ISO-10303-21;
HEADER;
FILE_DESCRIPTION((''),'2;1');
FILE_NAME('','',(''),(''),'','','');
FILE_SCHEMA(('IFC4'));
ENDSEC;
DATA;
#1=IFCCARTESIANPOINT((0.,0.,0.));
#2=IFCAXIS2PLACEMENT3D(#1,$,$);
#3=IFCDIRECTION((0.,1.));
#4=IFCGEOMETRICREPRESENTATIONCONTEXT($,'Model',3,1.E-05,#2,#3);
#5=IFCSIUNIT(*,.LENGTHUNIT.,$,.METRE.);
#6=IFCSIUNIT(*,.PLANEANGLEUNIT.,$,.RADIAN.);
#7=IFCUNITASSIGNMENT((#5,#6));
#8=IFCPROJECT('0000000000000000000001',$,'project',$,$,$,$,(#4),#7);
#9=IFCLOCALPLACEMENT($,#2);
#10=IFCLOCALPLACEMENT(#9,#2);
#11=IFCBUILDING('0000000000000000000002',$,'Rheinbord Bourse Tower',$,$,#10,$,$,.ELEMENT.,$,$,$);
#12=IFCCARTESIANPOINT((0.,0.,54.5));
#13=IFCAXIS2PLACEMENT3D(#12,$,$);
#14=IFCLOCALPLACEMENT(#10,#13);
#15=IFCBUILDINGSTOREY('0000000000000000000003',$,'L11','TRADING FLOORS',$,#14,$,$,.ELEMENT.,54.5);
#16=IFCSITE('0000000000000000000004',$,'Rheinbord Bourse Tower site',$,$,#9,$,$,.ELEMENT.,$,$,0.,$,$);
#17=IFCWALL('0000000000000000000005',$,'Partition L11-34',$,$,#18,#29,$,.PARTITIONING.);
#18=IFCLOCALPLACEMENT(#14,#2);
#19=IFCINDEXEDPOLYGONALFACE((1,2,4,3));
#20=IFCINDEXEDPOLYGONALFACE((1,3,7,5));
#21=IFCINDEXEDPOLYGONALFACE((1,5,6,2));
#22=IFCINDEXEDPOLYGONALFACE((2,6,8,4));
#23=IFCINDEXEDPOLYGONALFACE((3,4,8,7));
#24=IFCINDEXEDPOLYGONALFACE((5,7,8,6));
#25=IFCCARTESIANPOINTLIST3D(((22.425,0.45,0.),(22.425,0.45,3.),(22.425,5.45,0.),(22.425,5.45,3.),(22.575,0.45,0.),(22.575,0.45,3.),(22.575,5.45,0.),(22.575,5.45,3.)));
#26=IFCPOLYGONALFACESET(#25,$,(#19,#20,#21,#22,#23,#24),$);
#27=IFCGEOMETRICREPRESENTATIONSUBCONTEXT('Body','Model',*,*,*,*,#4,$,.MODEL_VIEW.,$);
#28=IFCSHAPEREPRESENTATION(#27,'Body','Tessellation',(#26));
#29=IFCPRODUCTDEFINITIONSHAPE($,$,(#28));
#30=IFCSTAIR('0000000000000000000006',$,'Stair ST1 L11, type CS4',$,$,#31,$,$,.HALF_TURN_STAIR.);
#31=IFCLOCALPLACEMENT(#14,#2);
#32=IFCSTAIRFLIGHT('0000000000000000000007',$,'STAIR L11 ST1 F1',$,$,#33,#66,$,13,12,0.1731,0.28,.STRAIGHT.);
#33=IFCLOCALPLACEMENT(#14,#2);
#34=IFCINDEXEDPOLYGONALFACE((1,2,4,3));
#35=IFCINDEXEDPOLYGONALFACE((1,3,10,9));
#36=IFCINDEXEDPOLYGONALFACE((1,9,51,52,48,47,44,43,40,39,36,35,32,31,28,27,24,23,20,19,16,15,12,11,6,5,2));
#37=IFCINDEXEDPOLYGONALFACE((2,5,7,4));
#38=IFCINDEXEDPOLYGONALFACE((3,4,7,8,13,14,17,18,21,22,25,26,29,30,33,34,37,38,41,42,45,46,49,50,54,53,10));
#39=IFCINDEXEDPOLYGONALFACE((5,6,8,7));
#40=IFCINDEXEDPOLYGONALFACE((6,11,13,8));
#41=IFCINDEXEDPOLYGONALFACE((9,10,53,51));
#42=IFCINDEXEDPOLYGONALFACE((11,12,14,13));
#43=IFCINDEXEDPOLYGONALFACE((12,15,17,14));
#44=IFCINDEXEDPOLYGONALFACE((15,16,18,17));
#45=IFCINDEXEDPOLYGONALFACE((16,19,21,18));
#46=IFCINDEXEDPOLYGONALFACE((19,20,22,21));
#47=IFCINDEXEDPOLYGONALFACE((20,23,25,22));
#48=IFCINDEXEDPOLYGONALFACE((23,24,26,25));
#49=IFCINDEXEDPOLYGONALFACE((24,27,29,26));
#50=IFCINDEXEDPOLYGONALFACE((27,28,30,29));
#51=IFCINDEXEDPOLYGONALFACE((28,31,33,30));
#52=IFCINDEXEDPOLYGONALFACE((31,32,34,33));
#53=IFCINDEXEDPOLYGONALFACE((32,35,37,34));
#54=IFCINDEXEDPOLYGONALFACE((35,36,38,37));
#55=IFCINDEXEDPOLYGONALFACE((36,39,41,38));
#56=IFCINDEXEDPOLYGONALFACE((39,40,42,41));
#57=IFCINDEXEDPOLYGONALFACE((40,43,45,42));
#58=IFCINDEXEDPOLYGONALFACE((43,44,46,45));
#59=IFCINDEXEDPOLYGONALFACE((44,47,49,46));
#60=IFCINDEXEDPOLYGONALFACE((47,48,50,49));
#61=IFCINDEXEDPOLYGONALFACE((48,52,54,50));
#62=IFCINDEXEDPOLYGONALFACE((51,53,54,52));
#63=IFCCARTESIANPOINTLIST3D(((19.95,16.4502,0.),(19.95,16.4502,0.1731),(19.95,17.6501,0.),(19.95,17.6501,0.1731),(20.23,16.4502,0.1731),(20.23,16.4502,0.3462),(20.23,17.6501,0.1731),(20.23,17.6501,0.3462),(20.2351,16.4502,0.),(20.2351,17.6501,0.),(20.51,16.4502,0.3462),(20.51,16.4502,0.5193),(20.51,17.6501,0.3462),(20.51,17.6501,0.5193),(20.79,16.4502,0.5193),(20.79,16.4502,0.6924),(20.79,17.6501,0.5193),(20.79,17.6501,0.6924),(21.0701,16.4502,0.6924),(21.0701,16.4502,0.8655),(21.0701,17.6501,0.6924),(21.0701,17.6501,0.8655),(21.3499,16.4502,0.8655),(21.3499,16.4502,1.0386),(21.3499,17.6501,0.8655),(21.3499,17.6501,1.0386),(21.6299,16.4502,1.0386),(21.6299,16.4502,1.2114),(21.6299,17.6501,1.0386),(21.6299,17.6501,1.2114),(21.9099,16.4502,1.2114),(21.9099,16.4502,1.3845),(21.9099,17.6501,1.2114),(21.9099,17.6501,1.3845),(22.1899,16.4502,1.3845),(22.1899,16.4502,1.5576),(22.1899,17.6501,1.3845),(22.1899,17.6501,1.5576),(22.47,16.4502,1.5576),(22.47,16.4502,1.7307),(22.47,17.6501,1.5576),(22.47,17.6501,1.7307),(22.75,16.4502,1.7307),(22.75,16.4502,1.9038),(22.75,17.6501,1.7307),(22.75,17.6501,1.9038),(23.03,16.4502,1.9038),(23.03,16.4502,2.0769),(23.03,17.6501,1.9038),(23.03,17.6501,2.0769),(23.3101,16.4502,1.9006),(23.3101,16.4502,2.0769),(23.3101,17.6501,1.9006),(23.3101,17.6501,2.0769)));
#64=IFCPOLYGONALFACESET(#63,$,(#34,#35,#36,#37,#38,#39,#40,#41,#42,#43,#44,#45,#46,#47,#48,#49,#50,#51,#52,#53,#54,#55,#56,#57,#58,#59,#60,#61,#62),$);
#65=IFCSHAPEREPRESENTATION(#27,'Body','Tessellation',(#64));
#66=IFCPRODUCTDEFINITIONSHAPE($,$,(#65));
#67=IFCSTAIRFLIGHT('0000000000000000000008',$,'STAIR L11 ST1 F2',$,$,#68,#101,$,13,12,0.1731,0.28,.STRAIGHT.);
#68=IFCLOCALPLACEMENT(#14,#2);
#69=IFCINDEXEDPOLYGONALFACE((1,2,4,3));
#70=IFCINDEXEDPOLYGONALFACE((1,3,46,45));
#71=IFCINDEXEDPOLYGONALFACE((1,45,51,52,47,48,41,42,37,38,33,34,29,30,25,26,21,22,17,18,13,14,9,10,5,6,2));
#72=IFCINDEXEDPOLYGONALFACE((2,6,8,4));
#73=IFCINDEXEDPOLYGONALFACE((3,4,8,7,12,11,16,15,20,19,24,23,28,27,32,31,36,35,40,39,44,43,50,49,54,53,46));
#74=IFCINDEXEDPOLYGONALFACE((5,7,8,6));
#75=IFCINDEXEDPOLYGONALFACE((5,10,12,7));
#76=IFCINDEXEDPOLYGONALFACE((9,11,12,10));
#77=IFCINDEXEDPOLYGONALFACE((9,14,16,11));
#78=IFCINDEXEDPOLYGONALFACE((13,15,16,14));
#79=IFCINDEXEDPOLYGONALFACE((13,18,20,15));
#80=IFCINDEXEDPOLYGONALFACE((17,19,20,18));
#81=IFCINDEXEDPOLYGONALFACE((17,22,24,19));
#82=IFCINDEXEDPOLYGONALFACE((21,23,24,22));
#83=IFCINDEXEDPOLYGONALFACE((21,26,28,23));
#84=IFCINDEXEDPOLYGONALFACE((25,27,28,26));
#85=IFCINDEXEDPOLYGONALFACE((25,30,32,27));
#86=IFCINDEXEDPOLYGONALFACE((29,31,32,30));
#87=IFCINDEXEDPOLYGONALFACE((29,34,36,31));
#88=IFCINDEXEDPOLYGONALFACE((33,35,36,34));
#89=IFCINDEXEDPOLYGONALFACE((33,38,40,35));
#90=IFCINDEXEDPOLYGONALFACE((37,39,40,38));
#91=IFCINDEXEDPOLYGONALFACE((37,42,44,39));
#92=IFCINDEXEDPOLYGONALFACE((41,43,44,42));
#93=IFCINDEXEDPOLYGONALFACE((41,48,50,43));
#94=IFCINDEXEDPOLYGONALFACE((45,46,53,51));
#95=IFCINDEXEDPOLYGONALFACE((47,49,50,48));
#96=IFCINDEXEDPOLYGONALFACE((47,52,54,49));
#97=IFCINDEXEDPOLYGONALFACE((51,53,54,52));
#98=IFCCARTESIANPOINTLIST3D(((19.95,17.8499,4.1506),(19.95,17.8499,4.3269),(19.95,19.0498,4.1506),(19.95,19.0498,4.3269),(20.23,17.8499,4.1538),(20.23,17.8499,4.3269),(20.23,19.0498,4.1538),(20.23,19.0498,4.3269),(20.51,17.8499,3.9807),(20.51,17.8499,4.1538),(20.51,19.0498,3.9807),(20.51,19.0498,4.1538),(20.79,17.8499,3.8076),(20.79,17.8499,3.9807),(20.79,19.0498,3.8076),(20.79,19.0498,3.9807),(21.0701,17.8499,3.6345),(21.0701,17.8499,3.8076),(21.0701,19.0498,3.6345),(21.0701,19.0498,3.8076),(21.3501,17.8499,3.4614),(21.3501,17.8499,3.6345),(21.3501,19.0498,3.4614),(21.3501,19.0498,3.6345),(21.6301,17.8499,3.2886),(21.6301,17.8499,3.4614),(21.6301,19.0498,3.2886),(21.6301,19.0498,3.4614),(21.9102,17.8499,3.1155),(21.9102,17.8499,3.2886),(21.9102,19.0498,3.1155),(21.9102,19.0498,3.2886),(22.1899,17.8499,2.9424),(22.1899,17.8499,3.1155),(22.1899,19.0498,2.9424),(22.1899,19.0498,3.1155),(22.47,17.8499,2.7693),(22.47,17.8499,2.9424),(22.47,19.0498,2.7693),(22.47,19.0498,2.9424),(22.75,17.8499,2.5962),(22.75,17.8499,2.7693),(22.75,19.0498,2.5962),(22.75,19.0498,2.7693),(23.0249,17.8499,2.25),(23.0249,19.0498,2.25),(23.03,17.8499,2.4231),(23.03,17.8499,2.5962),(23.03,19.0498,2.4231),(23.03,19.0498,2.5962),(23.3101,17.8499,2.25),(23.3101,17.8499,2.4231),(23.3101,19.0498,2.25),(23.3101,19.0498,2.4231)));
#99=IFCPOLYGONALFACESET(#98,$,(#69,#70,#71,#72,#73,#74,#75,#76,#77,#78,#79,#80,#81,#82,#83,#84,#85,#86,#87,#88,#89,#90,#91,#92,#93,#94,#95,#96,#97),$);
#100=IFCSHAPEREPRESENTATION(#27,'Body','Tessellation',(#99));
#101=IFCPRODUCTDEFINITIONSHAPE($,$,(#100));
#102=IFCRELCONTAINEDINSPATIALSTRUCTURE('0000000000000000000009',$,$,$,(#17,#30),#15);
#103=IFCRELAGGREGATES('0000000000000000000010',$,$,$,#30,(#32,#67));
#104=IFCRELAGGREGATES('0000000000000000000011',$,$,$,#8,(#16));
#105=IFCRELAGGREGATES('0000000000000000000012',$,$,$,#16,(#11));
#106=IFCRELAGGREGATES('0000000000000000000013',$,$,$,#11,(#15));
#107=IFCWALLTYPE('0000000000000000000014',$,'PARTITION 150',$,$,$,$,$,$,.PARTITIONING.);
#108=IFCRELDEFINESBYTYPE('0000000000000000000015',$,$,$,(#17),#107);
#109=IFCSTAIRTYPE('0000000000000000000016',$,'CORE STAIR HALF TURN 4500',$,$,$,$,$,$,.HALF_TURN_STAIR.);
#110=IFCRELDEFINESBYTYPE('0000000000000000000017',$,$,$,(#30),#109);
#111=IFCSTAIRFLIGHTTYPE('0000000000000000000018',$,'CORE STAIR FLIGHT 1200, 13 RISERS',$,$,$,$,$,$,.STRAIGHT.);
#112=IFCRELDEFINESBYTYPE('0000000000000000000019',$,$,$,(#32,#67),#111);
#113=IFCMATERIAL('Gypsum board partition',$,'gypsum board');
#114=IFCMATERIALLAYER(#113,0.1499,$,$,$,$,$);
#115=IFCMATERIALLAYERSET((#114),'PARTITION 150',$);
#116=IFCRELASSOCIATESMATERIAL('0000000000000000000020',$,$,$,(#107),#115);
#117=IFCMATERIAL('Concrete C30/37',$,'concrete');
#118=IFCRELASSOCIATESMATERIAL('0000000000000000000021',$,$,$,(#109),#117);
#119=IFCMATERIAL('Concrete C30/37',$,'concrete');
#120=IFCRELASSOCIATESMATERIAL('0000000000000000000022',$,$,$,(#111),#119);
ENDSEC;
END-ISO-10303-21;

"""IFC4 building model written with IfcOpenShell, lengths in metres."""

from ifc_helpers import new_model, si_unit, direction, frame, frame_2d, origin, place, context, subcontext, project, spatial, polyline, rectangle, outline, extrude, material, layer, layer_set, type_object, element, aggregate, save


model = new_model("IFC4")

# Units and contexts
model_context = context("Model", 3, precision=1e-05, world=origin(), true_north=direction((0.0, 1.0)))
body_context = subcontext(model_context, "Body", "Model", "MODEL_VIEW")
ifc_project = project(units=[si_unit("LENGTHUNIT", "METRE"), si_unit("PLANEANGLEUNIT", "RADIAN")], contexts=[model_context])

# Site, building, storey
site_placement = place(None, origin())
site = spatial("IfcSite", under=ifc_project, at=site_placement, Name="Rheinbord Bourse Tower site", CompositionType="ELEMENT", RefElevation=0.0)
building_placement = place(site_placement, origin())
building = spatial("IfcBuilding", under=site, at=building_placement, Name="Rheinbord Bourse Tower", CompositionType="ELEMENT")
storey_placement = place(building_placement, frame((0.0, 0.0, 54.5)))
storey = spatial("IfcBuildingStorey", under=building, at=storey_placement, Name="L11", Description="TRADING FLOORS", CompositionType="ELEMENT", Elevation=54.5)

# Wall
ifc_material_1 = material(Name="Gypsum board partition", Category="gypsum board")
ifc_layer_1 = layer(ifc_material_1, 0.1499)
ifc_layer_set_1 = layer_set([ifc_layer_1], Name="PARTITION 150")
wall_type_1 = type_object("IfcWallType", Name="PARTITION 150", PredefinedType="PARTITIONING", material=ifc_layer_set_1)
for number, where, z_axis, x_axis, name in (
    (1, (22.5, 0.45, 0.0), (0.0, 0.0, 1.0), (0.0, 1.0, 0.0), "Partition L11-34"),
):
    element("IfcWall", number, at=place(storey_placement, frame(where, z_axis=z_axis, x_axis=x_axis)), inside=storey, type_object=wall_type_1, Name=name, PredefinedType="PARTITIONING", context=body_context, shape_type="SweptSolid", body=[
        extrude(rectangle(XDim=5.0, YDim=0.1499, at=frame_2d((2.5, 0.0))), origin(), (0.0, 0.0, 1.0), 3.0),
    ])

# Stair, stair flights
ifc_material_2 = material(Name="Concrete C30/37", Category="concrete")
stair_type = type_object("IfcStairType", Name="CORE STAIR HALF TURN 4500", PredefinedType="HALF_TURN_STAIR", material=ifc_material_2)
stair_placement = place(storey_placement, origin())
stair = element("IfcStair", 2, at=stair_placement, inside=storey, type_object=stair_type, Name="Stair ST1 L11, type CS4", PredefinedType="HALF_TURN_STAIR")
ifc_material_3 = material(Name="Concrete C30/37", Category="concrete")
stair_flight_type = type_object("IfcStairFlightType", Name="CORE STAIR FLIGHT 1200, 13 RISERS", PredefinedType="STRAIGHT", material=ifc_material_3)
stair_flight_1_placement = place(storey_placement, frame((19.95, 17.05, 0.0), z_axis=(0.0, 0.0, 1.0), x_axis=(1.0, 0.0, 0.0)))
stair_flight_1 = element("IfcStairFlight", 3, at=stair_flight_1_placement, type_object=stair_flight_type, Name="STAIR L11 ST1 F1", NumberOfRisers=13, NumberOfTreads=12, PredefinedType="STRAIGHT", RiserHeight=0.1731, TreadLength=0.28, context=body_context, shape_type="SweptSolid", body=[
    extrude(outline(polyline([(0.0, 0.0), (0.0, 0.1731), (0.28, 0.1731), (0.28, 0.3462), (0.5601, 0.3462), (0.5601, 0.5193), (0.8401, 0.5193), (0.8401, 0.6924), (1.1201, 0.6924), (1.1201, 0.8655), (1.3999, 0.8655), (1.3999, 1.0386), (1.6799, 1.0386), (1.6799, 1.2114), (1.96, 1.2114), (1.96, 1.3845), (2.24, 1.3845), (2.24, 1.5576), (2.52, 1.5576), (2.52, 1.7307), (2.8, 1.7307), (2.8, 1.9038), (3.0801, 1.9038), (3.0801, 2.0769), (3.3601, 2.0769), (3.3601, 2.25), (3.3601, 1.9006), (0.2852, 0.0), (0.0, 0.0)])), frame((0.0, 0.6001, 0.0), z_axis=(0.0, -1.0, 0.0), x_axis=(1.0, 0.0, 0.0)), (0.0, 0.0, 1.0), 1.2),
])
stair_flight_2_placement = place(storey_placement, frame((23.3101, 18.45, 2.25), z_axis=(0.0, 0.0, 1.0), x_axis=(-1.0, 0.0, 0.0)))
stair_flight_2 = element("IfcStairFlight", 4, at=stair_flight_2_placement, type_object=stair_flight_type, Name="STAIR L11 ST1 F2", NumberOfRisers=13, NumberOfTreads=12, PredefinedType="STRAIGHT", RiserHeight=0.1731, TreadLength=0.28, context=body_context, shape_type="SweptSolid", body=[
    extrude(outline(polyline([(0.0, 0.0), (0.0, 0.1731), (0.28, 0.1731), (0.28, 0.3462), (0.5601, 0.3462), (0.5601, 0.5193), (0.8401, 0.5193), (0.8401, 0.6924), (1.1201, 0.6924), (1.1201, 0.8655), (1.3999, 0.8655), (1.3999, 1.0386), (1.6799, 1.0386), (1.6799, 1.2114), (1.96, 1.2114), (1.96, 1.3845), (2.24, 1.3845), (2.24, 1.5576), (2.52, 1.5576), (2.52, 1.7307), (2.8, 1.7307), (2.8, 1.9038), (3.0801, 1.9038), (3.0801, 2.0769), (3.3601, 2.0769), (3.3601, 2.25), (3.3601, 1.9006), (0.2852, 0.0), (0.0, 0.0)])), frame((0.0, 0.6001, 0.0), z_axis=(0.0, -1.0, 0.0), x_axis=(1.0, 0.0, 0.0)), (0.0, 0.0, 1.0), 1.2),
])
aggregate(stair, [stair_flight_1, stair_flight_2])

save(model, "model.ifc")
